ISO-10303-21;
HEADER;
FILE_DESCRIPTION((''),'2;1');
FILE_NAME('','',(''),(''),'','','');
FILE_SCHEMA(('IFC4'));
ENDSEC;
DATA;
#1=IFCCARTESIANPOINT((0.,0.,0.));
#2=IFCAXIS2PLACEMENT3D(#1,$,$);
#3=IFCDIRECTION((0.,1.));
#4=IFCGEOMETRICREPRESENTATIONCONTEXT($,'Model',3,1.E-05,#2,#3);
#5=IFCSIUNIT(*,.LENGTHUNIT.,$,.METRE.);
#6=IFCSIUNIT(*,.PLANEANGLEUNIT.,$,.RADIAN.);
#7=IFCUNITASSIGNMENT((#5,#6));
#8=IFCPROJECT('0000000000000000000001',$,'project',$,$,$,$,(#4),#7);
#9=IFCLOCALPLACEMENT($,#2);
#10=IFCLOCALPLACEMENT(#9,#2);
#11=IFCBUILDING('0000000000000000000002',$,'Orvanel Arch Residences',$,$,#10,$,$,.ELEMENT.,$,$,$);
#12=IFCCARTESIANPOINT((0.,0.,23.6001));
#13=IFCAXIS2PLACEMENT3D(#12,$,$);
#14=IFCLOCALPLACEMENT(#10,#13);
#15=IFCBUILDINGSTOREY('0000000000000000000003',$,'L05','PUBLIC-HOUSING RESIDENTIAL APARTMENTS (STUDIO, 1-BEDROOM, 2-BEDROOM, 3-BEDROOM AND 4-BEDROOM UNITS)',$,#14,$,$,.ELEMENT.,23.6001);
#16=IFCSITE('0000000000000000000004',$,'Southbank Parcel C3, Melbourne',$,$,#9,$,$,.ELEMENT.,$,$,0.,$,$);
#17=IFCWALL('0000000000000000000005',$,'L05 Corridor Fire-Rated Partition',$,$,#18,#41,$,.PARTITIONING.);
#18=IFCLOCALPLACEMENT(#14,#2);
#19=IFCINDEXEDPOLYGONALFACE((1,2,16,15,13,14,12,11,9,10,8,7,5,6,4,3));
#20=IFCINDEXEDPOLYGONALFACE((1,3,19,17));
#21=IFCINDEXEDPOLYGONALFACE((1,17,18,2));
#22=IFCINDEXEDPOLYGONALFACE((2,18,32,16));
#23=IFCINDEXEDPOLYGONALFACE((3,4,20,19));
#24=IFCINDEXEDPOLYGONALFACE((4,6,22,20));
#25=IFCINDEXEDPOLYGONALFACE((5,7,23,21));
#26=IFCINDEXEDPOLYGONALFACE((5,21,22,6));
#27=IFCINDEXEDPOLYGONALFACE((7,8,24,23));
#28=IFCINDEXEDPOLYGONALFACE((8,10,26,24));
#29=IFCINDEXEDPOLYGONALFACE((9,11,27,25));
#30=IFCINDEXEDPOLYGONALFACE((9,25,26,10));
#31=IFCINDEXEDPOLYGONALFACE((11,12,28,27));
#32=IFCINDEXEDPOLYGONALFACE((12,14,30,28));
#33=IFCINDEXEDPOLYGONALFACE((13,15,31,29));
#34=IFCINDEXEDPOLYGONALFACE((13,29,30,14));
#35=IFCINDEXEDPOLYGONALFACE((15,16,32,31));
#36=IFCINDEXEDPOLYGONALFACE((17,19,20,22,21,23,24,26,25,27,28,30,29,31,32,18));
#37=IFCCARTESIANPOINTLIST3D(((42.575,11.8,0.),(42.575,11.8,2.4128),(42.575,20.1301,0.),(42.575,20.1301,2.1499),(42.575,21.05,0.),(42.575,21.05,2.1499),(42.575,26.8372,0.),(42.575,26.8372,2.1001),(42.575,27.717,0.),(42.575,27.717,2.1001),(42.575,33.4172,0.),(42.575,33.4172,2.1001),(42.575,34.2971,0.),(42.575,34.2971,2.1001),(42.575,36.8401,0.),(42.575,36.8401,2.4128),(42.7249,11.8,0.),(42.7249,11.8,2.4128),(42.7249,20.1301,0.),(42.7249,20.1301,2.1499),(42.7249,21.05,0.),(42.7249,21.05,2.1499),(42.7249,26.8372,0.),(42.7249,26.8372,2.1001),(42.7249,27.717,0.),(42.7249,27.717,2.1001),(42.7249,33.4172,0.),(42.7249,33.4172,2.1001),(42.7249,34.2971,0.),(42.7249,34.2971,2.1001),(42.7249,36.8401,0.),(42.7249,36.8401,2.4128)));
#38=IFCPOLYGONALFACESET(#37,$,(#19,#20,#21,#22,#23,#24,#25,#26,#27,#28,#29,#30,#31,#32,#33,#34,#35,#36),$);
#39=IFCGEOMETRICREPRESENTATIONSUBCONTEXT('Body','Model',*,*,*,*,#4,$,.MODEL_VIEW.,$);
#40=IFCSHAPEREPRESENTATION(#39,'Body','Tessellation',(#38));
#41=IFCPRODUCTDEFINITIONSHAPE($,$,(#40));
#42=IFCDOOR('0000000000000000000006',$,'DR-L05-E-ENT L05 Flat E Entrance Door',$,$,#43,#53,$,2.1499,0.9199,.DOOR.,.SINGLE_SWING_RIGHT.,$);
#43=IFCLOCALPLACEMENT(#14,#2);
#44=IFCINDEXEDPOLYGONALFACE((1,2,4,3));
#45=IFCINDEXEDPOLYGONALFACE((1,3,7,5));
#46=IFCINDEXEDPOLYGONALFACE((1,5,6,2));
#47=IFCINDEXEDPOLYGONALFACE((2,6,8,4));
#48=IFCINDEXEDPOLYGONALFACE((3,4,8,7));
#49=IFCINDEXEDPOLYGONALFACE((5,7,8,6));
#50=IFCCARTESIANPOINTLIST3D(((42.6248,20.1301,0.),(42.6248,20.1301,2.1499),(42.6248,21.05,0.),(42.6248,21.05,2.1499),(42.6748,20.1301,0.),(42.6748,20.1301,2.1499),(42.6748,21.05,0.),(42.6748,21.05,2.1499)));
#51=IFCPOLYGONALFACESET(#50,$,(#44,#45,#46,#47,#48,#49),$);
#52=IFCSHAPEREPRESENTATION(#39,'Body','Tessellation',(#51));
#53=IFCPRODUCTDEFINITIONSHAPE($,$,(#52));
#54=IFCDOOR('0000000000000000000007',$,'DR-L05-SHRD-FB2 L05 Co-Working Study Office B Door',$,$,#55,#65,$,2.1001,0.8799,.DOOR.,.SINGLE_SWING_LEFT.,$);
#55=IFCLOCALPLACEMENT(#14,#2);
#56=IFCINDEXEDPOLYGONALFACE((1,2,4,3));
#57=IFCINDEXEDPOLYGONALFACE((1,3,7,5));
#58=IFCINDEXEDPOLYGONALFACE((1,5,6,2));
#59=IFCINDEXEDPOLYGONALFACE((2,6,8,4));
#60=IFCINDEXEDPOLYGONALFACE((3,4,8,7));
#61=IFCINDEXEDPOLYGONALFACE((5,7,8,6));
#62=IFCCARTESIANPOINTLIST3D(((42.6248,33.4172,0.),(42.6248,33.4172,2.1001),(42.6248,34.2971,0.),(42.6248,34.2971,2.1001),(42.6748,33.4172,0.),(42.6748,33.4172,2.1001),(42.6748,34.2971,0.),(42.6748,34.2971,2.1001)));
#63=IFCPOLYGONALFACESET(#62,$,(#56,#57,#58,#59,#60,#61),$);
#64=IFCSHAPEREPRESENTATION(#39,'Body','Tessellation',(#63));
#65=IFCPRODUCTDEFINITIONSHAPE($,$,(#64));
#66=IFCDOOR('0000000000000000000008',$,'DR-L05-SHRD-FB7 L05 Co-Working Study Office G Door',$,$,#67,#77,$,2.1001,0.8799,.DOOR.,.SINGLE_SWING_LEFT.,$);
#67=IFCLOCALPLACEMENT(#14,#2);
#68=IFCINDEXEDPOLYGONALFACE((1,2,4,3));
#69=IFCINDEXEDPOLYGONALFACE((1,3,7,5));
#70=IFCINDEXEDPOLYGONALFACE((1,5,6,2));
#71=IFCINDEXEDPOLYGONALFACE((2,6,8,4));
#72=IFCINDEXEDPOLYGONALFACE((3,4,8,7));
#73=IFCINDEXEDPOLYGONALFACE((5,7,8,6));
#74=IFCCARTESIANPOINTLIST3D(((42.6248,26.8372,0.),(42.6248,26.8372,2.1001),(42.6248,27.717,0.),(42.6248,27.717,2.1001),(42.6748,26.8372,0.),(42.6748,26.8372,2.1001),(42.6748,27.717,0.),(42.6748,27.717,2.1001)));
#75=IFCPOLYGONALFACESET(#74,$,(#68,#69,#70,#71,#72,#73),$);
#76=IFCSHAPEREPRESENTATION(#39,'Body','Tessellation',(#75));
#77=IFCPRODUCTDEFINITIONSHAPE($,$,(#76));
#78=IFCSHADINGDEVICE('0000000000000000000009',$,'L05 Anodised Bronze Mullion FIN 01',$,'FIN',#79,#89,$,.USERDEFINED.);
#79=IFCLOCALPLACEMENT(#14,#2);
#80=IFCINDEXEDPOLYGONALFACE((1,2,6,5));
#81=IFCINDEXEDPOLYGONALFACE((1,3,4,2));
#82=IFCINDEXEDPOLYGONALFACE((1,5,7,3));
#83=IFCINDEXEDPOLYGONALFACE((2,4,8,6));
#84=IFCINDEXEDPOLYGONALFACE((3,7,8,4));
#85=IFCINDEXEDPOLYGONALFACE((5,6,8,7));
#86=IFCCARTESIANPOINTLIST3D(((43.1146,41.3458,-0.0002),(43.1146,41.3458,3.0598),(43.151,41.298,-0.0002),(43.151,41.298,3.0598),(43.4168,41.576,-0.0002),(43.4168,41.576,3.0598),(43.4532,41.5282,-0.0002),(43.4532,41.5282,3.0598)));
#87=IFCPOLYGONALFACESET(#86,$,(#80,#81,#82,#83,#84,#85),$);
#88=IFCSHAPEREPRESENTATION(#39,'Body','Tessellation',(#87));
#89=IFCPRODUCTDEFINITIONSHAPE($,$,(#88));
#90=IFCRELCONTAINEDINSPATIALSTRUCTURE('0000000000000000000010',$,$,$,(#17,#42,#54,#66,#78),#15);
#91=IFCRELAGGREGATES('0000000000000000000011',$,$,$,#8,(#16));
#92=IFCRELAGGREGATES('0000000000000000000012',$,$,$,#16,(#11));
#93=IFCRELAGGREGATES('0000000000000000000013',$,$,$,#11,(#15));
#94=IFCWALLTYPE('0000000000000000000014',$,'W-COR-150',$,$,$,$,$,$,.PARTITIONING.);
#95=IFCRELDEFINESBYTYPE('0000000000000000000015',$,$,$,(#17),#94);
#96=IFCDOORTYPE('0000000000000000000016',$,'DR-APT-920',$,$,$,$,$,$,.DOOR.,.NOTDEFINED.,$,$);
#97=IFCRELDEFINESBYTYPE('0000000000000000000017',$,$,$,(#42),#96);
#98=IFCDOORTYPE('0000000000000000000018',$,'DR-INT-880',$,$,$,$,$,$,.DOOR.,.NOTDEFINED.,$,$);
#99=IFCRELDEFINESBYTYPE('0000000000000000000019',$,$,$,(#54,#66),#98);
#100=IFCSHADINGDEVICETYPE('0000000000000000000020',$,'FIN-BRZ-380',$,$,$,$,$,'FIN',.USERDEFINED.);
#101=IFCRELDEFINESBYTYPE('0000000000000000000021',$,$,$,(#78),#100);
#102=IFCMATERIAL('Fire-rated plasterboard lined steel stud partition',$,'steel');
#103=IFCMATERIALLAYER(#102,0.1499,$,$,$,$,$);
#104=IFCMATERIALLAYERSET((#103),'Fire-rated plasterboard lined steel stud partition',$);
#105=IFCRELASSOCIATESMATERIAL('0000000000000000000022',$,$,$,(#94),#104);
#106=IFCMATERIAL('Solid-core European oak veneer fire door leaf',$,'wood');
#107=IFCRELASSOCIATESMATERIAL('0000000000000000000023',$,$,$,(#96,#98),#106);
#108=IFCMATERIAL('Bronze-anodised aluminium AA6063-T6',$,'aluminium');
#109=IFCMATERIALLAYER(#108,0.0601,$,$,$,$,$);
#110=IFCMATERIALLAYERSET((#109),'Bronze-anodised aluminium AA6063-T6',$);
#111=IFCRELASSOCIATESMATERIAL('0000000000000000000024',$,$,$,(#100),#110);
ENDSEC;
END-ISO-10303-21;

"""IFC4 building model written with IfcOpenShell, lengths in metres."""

from ifc_helpers import new_model, si_unit, direction, frame, frame_2d, origin, origin_2d, place, context, subcontext, project, spatial, rectangle, extrude, material, layer, layer_set, type_object, element, fill, save


model = new_model("IFC4")

# Units and contexts
model_context = context("Model", 3, precision=1e-05, world=origin(), true_north=direction((0.0, 1.0)))
body_context = subcontext(model_context, "Body", "Model", "MODEL_VIEW")
ifc_project = project(units=[si_unit("LENGTHUNIT", "METRE"), si_unit("PLANEANGLEUNIT", "RADIAN")], contexts=[model_context])

# Site, building, storey
site_placement = place(None, origin())
site = spatial("IfcSite", under=ifc_project, at=site_placement, Name="Southbank Parcel C3, Melbourne", CompositionType="ELEMENT", RefElevation=0.0)
building_placement = place(site_placement, origin())
building = spatial("IfcBuilding", under=site, at=building_placement, Name="Orvanel Arch Residences", CompositionType="ELEMENT")
storey_placement = place(building_placement, frame((0.0, 0.0, 23.6001)))
storey = spatial("IfcBuildingStorey", under=building, at=storey_placement, Name="L05", Description="PUBLIC-HOUSING RESIDENTIAL APARTMENTS (STUDIO, 1-BEDROOM, 2-BEDROOM, 3-BEDROOM AND 4-BEDROOM UNITS)", CompositionType="ELEMENT", Elevation=23.6001)

# Shared definitions
ifc_material_1 = material(Name="Bronze-anodised aluminium AA6063-T6", Category="aluminium")

# Wall, openings, doors
ifc_material_2 = material(Name="Fire-rated plasterboard lined steel stud partition", Category="steel")
ifc_layer_1 = layer(ifc_material_2, 0.1499)
ifc_layer_set_1 = layer_set([ifc_layer_1], Name="Fire-rated plasterboard lined steel stud partition")
wall_type_1 = type_object("IfcWallType", Name="W-COR-150", PredefinedType="PARTITIONING", material=ifc_layer_set_1)
wall_1_placement = place(storey_placement, frame((42.6499, 36.8401, 0.0), z_axis=(0.0, 0.0, 1.0), x_axis=(0.0, -1.0, 0.0)))
wall_1 = element("IfcWall", 1, at=wall_1_placement, inside=storey, type_object=wall_type_1, Name="L05 Corridor Fire-Rated Partition", PredefinedType="PARTITIONING", context=body_context, shape_type="SweptSolid", body=[
    extrude(rectangle(XDim=25.04, YDim=0.1499, at=frame_2d((12.52, 0.0))), origin(), (0.0, 0.0, 1.0), 2.4128),
])
opening_1_placement = place(wall_1_placement, frame((2.543, 0.0, 0.0)))
opening_1 = element("IfcOpeningElement", 2, at=opening_1_placement, cuts=wall_1, PredefinedType="OPENING", context=body_context, shape_type="SweptSolid", body=[
    extrude(rectangle(XDim=0.8799, YDim=2.1001, at=frame_2d((0.4399, 1.05))), frame((0.0, 0.085, 0.0), z_axis=(0.0, -1.0, 0.0), x_axis=(1.0, 0.0, 0.0)), (0.0, 0.0, 1.0), 0.1699),
])
opening_2_placement = place(wall_1_placement, frame((15.79, 0.0, 0.0)))
opening_2 = element("IfcOpeningElement", 3, at=opening_2_placement, cuts=wall_1, PredefinedType="OPENING", context=body_context, shape_type="SweptSolid", body=[
    extrude(rectangle(XDim=0.9199, YDim=2.1499, at=frame_2d((0.46, 1.075))), frame((0.0, 0.085, 0.0), z_axis=(0.0, -1.0, 0.0), x_axis=(1.0, 0.0, 0.0)), (0.0, 0.0, 1.0), 0.1699),
])
opening_3_placement = place(wall_1_placement, frame((9.123, 0.0, 0.0)))
opening_3 = element("IfcOpeningElement", 4, at=opening_3_placement, cuts=wall_1, PredefinedType="OPENING", context=body_context, shape_type="SweptSolid", body=[
    extrude(rectangle(XDim=0.8799, YDim=2.1001, at=frame_2d((0.4399, 1.05))), frame((0.0, 0.085, 0.0), z_axis=(0.0, -1.0, 0.0), x_axis=(1.0, 0.0, 0.0)), (0.0, 0.0, 1.0), 0.1699),
])
ifc_material_3 = material(Name="Solid-core European oak veneer fire door leaf", Category="wood")
door_type_1 = type_object("IfcDoorType", Name="DR-APT-920", OperationType="NOTDEFINED", PredefinedType="DOOR", material=ifc_material_3)
door_1_placement = place(opening_2_placement, origin())
door_1 = element("IfcDoor", 5, at=door_1_placement, inside=storey, type_object=door_type_1, Name="DR-L05-E-ENT L05 Flat E Entrance Door", OperationType="SINGLE_SWING_RIGHT", OverallHeight=2.1499, OverallWidth=0.9199, PredefinedType="DOOR", context=body_context, shape_type="SweptSolid", body=[
    extrude(rectangle(XDim=0.9199, YDim=2.1499, at=frame_2d((0.46, 1.075))), frame((0.0, 0.0249, 0.0), z_axis=(0.0, -1.0, 0.0), x_axis=(1.0, 0.0, 0.0)), (0.0, 0.0, 1.0), 0.05),
])
fill(opening_2, door_1)
door_type_2 = type_object("IfcDoorType", Name="DR-INT-880", OperationType="NOTDEFINED", PredefinedType="DOOR", material=ifc_material_3)
door_2_placement = place(opening_1_placement, origin())
door_2 = element("IfcDoor", 6, at=door_2_placement, inside=storey, type_object=door_type_2, Name="DR-L05-SHRD-FB2 L05 Co-Working Study Office B Door", OperationType="SINGLE_SWING_LEFT", OverallHeight=2.1001, OverallWidth=0.8799, PredefinedType="DOOR", context=body_context, shape_type="SweptSolid", body=[
    extrude(rectangle(XDim=0.8799, YDim=2.1001, at=frame_2d((0.4399, 1.05))), frame((0.0, 0.0249, 0.0), z_axis=(0.0, -1.0, 0.0), x_axis=(1.0, 0.0, 0.0)), (0.0, 0.0, 1.0), 0.05),
])
fill(opening_1, door_2)
door_3_placement = place(opening_3_placement, origin())
door_3 = element("IfcDoor", 7, at=door_3_placement, inside=storey, type_object=door_type_2, Name="DR-L05-SHRD-FB7 L05 Co-Working Study Office G Door", OperationType="SINGLE_SWING_LEFT", OverallHeight=2.1001, OverallWidth=0.8799, PredefinedType="DOOR", context=body_context, shape_type="SweptSolid", body=[
    extrude(rectangle(XDim=0.8799, YDim=2.1001, at=frame_2d((0.4399, 1.05))), frame((0.0, 0.0249, 0.0), z_axis=(0.0, -1.0, 0.0), x_axis=(1.0, 0.0, 0.0)), (0.0, 0.0, 1.0), 0.05),
])
fill(opening_3, door_3)

# Shading device
ifc_layer_2 = layer(ifc_material_1, 0.0601)
ifc_layer_set_2 = layer_set([ifc_layer_2], Name="Bronze-anodised aluminium AA6063-T6")
shading_device_type = type_object("IfcShadingDeviceType", Name="FIN-BRZ-380", ElementType="FIN", PredefinedType="USERDEFINED", material=ifc_layer_set_2)
shading_device_placement = place(storey_placement, frame((43.2839, 41.437, -0.0002), z_axis=(0.0, 0.0, 1.0), x_axis=(0.795473, 0.605988, 0.0)))
element("IfcShadingDevice", 8, at=shading_device_placement, inside=storey, type_object=shading_device_type, Name="L05 Anodised Bronze Mullion FIN 01", ObjectType="FIN", PredefinedType="USERDEFINED", context=body_context, shape_type="SweptSolid", body=[
    extrude(rectangle(XDim=0.3799, YDim=0.0601, at=origin_2d()), origin(), (0.0, 0.0, 1.0), 3.0601),
])

save(model, "model.ifc")
